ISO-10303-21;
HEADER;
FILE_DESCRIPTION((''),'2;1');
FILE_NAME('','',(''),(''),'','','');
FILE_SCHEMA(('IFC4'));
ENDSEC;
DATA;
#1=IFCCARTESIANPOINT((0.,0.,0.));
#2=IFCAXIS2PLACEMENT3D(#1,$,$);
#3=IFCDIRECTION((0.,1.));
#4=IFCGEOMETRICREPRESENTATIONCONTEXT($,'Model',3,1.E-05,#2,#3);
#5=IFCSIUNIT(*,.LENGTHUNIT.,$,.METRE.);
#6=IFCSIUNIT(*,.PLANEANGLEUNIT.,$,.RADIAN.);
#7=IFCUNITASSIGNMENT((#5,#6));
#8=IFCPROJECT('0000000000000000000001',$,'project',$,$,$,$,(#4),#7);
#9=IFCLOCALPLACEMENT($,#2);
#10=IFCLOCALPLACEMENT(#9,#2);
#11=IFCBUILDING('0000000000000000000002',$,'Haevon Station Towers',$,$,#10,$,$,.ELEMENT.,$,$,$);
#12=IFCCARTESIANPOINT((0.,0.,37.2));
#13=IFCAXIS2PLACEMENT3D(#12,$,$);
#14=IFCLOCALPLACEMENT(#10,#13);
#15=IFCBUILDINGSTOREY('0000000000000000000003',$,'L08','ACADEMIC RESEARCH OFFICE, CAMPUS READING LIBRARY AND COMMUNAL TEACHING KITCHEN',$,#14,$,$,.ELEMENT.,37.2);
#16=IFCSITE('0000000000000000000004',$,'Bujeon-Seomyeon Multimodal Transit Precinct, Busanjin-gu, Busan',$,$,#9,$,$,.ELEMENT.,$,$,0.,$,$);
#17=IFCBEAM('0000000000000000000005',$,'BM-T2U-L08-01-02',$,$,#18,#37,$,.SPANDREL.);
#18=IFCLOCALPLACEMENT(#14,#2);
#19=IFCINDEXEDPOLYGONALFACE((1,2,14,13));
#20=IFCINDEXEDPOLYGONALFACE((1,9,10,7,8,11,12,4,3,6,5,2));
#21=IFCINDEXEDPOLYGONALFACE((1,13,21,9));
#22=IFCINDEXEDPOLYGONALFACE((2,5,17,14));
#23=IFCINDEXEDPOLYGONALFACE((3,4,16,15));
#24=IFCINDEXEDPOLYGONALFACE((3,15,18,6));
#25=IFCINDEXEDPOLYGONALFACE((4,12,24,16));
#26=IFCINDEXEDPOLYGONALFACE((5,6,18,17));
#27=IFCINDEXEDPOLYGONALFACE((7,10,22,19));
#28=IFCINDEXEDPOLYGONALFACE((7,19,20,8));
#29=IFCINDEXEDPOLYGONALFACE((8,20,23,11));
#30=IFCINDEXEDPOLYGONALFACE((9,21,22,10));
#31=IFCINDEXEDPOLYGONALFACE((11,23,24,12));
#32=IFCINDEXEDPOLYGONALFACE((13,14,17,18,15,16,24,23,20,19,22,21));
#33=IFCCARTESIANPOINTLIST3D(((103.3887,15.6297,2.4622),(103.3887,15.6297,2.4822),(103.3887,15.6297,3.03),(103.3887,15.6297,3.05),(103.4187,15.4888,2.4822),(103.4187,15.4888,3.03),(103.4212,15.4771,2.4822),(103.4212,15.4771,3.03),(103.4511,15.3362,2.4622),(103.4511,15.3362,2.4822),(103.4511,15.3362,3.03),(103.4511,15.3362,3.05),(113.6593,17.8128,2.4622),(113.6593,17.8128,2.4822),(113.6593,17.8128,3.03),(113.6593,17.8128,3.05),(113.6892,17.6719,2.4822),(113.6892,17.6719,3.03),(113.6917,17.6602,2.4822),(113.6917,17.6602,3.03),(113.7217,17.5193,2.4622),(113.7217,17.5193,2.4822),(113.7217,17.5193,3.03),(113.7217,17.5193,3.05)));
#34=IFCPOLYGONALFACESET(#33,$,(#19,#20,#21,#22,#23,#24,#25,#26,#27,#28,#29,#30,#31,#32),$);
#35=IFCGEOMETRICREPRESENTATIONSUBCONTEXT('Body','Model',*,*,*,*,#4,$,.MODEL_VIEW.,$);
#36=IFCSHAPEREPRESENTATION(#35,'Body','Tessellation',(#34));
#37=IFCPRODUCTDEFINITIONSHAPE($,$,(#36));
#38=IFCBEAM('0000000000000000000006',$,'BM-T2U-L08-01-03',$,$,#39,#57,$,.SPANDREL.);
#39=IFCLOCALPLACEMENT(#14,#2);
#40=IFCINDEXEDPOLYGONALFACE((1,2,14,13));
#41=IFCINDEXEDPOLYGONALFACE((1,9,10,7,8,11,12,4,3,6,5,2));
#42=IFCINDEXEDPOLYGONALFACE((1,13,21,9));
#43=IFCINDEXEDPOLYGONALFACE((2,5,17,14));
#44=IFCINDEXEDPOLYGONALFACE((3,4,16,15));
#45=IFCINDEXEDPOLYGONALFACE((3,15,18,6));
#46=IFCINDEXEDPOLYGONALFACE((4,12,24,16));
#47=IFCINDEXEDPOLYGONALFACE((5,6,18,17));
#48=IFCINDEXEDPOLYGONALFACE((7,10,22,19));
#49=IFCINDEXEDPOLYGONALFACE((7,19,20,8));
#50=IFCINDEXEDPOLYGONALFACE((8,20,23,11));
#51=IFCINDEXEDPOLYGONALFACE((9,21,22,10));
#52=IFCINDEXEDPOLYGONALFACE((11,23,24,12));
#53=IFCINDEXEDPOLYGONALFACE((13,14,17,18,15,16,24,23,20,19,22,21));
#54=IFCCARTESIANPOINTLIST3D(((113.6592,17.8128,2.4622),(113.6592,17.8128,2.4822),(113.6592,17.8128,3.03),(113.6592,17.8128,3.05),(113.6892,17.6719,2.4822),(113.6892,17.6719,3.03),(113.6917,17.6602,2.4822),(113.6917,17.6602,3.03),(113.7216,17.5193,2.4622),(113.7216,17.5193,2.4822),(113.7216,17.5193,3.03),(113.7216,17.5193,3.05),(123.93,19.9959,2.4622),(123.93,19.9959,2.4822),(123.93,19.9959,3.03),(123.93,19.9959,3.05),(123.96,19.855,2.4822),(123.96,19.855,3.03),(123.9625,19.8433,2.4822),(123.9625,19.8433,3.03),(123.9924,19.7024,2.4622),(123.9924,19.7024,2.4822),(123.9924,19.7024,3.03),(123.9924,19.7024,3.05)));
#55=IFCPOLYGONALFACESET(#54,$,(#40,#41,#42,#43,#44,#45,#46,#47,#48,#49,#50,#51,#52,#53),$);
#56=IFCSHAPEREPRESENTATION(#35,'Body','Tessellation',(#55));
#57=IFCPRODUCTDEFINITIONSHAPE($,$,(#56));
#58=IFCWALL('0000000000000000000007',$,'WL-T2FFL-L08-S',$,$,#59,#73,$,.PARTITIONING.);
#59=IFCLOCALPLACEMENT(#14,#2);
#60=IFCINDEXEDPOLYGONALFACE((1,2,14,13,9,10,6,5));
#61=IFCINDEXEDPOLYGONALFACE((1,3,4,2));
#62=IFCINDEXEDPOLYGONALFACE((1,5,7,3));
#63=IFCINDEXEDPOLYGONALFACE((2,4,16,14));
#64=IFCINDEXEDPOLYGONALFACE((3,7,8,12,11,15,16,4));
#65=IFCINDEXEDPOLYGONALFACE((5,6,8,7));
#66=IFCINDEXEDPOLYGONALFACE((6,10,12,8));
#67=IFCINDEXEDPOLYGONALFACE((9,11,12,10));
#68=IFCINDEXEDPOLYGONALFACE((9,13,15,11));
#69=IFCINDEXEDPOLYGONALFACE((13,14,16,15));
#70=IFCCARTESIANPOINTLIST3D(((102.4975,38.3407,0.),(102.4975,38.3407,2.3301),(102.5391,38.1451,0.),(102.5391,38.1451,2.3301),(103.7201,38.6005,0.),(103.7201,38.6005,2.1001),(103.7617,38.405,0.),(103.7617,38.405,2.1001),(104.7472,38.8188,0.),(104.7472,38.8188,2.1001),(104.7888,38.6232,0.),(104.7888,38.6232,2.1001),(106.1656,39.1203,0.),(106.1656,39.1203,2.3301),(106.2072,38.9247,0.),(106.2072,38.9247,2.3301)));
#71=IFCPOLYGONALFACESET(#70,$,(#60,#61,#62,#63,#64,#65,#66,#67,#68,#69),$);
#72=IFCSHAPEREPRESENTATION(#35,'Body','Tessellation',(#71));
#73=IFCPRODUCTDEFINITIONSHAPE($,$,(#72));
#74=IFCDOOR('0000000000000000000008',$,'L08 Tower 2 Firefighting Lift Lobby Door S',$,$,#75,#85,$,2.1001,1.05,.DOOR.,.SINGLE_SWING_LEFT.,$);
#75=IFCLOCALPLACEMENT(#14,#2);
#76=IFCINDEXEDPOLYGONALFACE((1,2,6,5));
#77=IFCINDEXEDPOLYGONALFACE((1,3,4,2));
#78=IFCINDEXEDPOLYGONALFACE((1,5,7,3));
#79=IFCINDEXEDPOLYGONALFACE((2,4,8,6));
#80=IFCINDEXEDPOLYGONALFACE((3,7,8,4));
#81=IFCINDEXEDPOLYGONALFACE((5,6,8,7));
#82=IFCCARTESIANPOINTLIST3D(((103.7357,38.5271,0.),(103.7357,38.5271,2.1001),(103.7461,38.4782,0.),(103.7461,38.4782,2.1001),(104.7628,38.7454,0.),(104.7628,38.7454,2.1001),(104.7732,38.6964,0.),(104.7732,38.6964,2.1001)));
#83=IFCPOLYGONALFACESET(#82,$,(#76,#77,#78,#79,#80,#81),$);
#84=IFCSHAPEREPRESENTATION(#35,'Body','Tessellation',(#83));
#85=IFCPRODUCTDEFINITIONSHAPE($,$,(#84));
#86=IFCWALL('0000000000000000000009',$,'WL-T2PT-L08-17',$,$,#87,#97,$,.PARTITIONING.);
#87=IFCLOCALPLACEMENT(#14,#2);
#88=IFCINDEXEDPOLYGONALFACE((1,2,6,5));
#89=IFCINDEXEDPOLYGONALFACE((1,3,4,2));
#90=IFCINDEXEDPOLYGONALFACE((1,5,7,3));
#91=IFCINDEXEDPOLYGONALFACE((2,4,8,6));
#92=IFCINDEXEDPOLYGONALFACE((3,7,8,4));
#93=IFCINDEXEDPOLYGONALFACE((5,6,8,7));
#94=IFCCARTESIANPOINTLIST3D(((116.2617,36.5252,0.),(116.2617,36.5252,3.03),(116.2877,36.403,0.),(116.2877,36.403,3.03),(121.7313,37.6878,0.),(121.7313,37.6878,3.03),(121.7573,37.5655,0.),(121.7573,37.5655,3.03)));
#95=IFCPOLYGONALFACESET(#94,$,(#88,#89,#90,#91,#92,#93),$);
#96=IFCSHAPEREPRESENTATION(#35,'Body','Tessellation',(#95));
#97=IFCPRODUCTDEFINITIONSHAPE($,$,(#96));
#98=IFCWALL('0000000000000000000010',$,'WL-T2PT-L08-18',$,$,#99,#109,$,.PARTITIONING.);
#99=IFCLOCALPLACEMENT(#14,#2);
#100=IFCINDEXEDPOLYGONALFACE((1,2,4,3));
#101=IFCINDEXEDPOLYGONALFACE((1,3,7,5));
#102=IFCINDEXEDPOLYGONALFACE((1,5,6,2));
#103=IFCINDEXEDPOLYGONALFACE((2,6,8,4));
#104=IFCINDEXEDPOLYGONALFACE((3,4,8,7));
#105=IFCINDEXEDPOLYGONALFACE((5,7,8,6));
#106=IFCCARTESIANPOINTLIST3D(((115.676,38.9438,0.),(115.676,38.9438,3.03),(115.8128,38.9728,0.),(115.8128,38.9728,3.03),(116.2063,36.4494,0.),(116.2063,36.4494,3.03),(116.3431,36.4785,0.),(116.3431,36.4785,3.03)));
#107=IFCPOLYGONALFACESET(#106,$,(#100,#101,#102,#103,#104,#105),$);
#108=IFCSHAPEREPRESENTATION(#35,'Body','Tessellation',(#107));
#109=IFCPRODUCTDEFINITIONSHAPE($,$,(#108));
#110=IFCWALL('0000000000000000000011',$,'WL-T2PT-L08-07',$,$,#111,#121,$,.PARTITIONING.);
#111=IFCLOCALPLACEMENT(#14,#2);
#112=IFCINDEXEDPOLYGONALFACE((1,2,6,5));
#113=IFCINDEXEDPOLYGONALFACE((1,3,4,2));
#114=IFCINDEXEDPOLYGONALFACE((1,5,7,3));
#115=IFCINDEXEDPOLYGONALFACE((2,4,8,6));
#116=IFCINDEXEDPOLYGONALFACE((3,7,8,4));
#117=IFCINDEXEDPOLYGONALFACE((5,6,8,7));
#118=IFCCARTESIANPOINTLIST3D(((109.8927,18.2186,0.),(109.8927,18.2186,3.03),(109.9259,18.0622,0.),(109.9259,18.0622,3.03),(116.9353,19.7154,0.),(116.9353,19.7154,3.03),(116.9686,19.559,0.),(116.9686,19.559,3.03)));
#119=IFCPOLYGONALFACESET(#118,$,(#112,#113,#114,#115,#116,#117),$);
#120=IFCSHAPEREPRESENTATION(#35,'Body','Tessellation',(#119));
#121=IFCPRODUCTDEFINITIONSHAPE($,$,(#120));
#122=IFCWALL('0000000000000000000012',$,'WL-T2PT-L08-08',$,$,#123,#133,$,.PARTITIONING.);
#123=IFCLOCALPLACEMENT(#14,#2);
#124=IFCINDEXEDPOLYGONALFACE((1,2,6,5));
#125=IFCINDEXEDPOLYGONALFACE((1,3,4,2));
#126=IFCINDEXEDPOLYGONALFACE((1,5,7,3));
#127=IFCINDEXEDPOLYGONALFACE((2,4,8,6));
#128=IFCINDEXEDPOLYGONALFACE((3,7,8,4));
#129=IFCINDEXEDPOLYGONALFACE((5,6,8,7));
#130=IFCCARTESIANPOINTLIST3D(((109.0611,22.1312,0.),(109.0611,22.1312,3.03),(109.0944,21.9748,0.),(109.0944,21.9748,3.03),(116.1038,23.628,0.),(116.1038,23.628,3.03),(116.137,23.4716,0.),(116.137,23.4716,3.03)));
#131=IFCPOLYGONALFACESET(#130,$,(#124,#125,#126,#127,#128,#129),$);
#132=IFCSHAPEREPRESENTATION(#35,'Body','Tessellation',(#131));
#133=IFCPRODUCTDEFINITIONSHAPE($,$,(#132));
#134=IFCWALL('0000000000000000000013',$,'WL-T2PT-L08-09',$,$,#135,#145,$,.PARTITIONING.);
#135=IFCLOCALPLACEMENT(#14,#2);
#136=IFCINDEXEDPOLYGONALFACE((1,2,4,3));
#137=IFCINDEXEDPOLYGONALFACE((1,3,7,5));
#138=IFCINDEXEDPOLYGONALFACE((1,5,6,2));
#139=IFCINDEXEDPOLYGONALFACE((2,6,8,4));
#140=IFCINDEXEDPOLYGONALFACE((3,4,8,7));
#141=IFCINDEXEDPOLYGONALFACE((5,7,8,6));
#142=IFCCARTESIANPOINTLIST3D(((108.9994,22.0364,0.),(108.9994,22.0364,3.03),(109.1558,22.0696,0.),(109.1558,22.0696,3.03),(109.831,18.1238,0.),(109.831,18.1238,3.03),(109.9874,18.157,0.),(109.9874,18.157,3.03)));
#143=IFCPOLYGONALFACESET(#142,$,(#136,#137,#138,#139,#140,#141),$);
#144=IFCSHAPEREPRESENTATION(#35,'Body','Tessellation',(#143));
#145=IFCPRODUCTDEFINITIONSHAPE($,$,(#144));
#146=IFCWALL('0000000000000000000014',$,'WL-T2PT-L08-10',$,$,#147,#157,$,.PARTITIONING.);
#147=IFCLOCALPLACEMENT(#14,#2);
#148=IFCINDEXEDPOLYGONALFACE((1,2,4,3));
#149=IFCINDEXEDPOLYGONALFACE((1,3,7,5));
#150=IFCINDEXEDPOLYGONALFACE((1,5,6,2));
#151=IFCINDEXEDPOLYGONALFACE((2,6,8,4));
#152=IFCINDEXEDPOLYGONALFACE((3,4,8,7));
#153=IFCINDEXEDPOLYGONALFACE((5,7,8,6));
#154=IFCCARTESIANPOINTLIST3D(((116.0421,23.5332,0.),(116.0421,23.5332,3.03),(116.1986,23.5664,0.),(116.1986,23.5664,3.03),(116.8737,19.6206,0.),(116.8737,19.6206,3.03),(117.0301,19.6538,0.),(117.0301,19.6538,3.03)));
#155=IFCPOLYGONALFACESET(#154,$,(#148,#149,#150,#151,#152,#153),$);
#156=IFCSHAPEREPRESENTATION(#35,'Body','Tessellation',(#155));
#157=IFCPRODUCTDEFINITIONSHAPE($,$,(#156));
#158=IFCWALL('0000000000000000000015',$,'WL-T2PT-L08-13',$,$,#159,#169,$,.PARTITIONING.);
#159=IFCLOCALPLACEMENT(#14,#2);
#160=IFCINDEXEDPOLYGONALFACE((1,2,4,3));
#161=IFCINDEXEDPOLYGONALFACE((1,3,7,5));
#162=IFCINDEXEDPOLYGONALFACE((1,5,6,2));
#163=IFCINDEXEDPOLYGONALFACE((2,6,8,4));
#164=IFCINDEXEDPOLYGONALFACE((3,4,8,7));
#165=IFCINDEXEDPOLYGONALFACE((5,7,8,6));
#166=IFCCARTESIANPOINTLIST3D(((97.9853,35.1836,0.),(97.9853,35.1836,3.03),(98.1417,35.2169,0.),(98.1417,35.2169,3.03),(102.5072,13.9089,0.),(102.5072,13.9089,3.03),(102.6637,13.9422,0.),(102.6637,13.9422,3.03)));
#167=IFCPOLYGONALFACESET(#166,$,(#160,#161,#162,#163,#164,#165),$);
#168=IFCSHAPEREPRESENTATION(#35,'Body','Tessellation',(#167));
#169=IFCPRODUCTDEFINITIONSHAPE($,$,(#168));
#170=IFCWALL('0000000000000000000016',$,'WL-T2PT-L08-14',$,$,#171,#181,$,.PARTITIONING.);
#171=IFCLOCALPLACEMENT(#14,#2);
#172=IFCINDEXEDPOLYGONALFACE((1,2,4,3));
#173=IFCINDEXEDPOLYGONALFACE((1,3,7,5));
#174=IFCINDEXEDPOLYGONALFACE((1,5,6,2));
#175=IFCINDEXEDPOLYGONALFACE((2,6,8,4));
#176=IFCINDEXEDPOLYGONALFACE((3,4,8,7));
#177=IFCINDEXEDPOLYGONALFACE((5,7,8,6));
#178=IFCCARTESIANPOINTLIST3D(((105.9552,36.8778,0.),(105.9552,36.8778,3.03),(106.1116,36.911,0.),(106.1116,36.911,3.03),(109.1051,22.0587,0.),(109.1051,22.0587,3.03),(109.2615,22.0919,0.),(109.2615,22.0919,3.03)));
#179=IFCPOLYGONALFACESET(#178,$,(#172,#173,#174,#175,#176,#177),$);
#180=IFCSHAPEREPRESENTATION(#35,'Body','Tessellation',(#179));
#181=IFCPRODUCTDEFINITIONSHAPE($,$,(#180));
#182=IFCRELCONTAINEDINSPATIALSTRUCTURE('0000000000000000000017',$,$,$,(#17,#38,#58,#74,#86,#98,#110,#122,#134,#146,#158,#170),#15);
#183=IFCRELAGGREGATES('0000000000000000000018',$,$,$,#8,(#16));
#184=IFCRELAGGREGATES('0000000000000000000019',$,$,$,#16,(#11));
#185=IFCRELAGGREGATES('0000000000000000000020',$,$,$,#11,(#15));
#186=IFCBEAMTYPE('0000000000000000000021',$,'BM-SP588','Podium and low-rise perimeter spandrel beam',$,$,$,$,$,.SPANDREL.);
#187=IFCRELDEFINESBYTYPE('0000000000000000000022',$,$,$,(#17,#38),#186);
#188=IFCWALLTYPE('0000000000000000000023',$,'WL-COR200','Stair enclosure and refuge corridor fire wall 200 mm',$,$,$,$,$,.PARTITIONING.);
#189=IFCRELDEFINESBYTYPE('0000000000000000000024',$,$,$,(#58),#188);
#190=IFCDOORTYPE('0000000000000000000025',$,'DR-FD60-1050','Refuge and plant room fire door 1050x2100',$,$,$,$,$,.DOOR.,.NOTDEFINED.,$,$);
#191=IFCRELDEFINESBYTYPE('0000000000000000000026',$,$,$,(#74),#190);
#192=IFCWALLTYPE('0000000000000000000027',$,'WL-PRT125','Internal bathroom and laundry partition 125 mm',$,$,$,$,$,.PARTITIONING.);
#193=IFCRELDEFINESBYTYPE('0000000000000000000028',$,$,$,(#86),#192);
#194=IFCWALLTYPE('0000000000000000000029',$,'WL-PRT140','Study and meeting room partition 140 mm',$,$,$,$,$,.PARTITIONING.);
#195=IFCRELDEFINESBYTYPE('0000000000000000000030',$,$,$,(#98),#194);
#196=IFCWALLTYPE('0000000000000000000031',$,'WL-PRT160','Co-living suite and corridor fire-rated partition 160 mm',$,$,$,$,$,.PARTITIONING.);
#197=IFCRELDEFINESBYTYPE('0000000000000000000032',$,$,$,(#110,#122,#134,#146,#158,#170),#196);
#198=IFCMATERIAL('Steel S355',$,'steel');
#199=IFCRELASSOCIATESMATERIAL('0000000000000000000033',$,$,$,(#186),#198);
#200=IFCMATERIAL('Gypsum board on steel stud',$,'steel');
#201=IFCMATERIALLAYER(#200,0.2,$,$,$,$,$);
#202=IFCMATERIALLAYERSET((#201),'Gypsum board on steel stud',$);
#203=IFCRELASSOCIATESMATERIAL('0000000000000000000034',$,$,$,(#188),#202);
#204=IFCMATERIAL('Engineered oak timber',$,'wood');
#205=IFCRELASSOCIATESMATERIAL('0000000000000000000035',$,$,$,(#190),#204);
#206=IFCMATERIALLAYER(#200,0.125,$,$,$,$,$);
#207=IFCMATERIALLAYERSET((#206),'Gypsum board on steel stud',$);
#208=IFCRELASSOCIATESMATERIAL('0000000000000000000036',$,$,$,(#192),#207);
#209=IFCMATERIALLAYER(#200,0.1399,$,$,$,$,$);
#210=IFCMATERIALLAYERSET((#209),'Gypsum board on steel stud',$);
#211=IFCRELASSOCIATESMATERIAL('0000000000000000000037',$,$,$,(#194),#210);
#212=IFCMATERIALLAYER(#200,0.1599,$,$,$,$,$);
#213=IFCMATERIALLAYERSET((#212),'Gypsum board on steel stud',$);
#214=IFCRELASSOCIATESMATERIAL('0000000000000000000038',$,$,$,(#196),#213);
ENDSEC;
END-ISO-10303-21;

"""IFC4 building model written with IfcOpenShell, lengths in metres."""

from ifc_helpers import new_model, si_unit, direction, frame, frame_2d, origin, origin_2d, place, context, subcontext, project, spatial, rectangle, i_section, extrude, material, layer, layer_set, material_profile, profile_set, type_object, element, fill, save


model = new_model("IFC4")

# Units and contexts
model_context = context("Model", 3, precision=1e-05, world=origin(), true_north=direction((0.0, 1.0)))
body_context = subcontext(model_context, "Body", "Model", "MODEL_VIEW")
ifc_project = project(units=[si_unit("LENGTHUNIT", "METRE"), si_unit("PLANEANGLEUNIT", "RADIAN")], contexts=[model_context])

# Site, building, storey
site_placement = place(None, origin())
site = spatial("IfcSite", under=ifc_project, at=site_placement, Name="Bujeon-Seomyeon Multimodal Transit Precinct, Busanjin-gu, Busan", CompositionType="ELEMENT", RefElevation=0.0)
building_placement = place(site_placement, origin())
building = spatial("IfcBuilding", under=site, at=building_placement, Name="Haevon Station Towers", CompositionType="ELEMENT")
storey_placement = place(building_placement, frame((0.0, 0.0, 37.2)))
storey = spatial("IfcBuildingStorey", under=building, at=storey_placement, Name="L08", Description="ACADEMIC RESEARCH OFFICE, CAMPUS READING LIBRARY AND COMMUNAL TEACHING KITCHEN", CompositionType="ELEMENT", Elevation=37.2)

# Beams
ifc_material_1 = material(Name="Steel S355", Category="steel")
ifc_material_profile_1 = material_profile(ifc_material_1, i_section(OverallWidth=0.3, OverallDepth=0.5879, WebThickness=0.012, FlangeThickness=0.02, at=origin_2d()), Name="H-588x300x12x20")
ifc_profile_set_1 = profile_set([ifc_material_profile_1], Name="Steel S355")
beam_type_1 = type_object("IfcBeamType", Name="BM-SP588", Description="Podium and low-rise perimeter spandrel beam", PredefinedType="SPANDREL", material=ifc_profile_set_1)
beam_1_placement = place(storey_placement, frame((103.4199, 15.4829, 2.7561), z_axis=(0.978147, 0.207915, 0.0), x_axis=(-0.207915, 0.978147, 0.0)))
element("IfcBeam", 1, at=beam_1_placement, inside=storey, type_object=beam_type_1, Name="BM-T2U-L08-01-02", PredefinedType="SPANDREL", context=body_context, shape_type="SweptSolid", body=[
    extrude(i_section(OverallWidth=0.3, OverallDepth=0.5879, WebThickness=0.012, FlangeThickness=0.02, at=origin_2d()), origin(), (0.0, 0.0, 1.0), 10.5),
])
beam_2_placement = place(storey_placement, frame((113.6904, 17.666, 2.7561), z_axis=(0.978148, 0.207911, 0.0), x_axis=(-0.207911, 0.978148, 0.0)))
element("IfcBeam", 2, at=beam_2_placement, inside=storey, type_object=beam_type_1, Name="BM-T2U-L08-01-03", PredefinedType="SPANDREL", context=body_context, shape_type="SweptSolid", body=[
    extrude(i_section(OverallWidth=0.3, OverallDepth=0.5879, WebThickness=0.012, FlangeThickness=0.02, at=origin_2d()), origin(), (0.0, 0.0, 1.0), 10.5002),
])

# Wall, opening, door
ifc_material_2 = material(Name="Gypsum board on steel stud", Category="steel")
ifc_layer_1 = layer(ifc_material_2, 0.2)
ifc_layer_set_1 = layer_set([ifc_layer_1], Name="Gypsum board on steel stud")
wall_type_1 = type_object("IfcWallType", Name="WL-COR200", Description="Stair enclosure and refuge corridor fire wall 200 mm", PredefinedType="PARTITIONING", material=ifc_layer_set_1)
wall_1_placement = place(storey_placement, frame((102.5183, 38.2429, 0.0), z_axis=(0.0, 0.0, 1.0), x_axis=(0.978154, 0.207884, 0.0)))
wall_1 = element("IfcWall", 3, at=wall_1_placement, inside=storey, type_object=wall_type_1, Name="WL-T2FFL-L08-S", PredefinedType="PARTITIONING", context=body_context, shape_type="SweptSolid", body=[
    extrude(rectangle(XDim=3.75, YDim=0.2, at=frame_2d((1.875, 0.0))), origin(), (0.0, 0.0, 1.0), 2.3301),
])
opening_placement = place(wall_1_placement, frame((1.25, 0.0, 0.0)))
opening = element("IfcOpeningElement", 4, at=opening_placement, cuts=wall_1, PredefinedType="OPENING", context=body_context, shape_type="SweptSolid", body=[
    extrude(rectangle(XDim=1.05, YDim=2.1001, at=frame_2d((0.5249, 1.05))), frame((0.0, 0.1099, 0.0), z_axis=(0.0, -1.0, 0.0), x_axis=(1.0, 0.0, 0.0)), (0.0, 0.0, 1.0), 0.22),
])
ifc_material_3 = material(Name="Engineered oak timber", Category="wood")
door_type = type_object("IfcDoorType", Name="DR-FD60-1050", Description="Refuge and plant room fire door 1050x2100", OperationType="NOTDEFINED", PredefinedType="DOOR", material=ifc_material_3)
door_placement = place(opening_placement, origin())
door = element("IfcDoor", 5, at=door_placement, inside=storey, type_object=door_type, Name="L08 Tower 2 Firefighting Lift Lobby Door S", OperationType="SINGLE_SWING_LEFT", OverallHeight=2.1001, OverallWidth=1.05, PredefinedType="DOOR", context=body_context, shape_type="SweptSolid", body=[
    extrude(rectangle(XDim=1.05, YDim=2.1001, at=frame_2d((0.5249, 1.05))), frame((0.0, 0.0249, 0.0), z_axis=(0.0, -1.0, 0.0), x_axis=(1.0, 0.0, 0.0)), (0.0, 0.0, 1.0), 0.05),
])
fill(opening, door)

# Walls
ifc_layer_2 = layer(ifc_material_2, 0.125)
ifc_layer_set_2 = layer_set([ifc_layer_2], Name="Gypsum board on steel stud")
wall_type_2 = type_object("IfcWallType", Name="WL-PRT125", Description="Internal bathroom and laundry partition 125 mm", PredefinedType="PARTITIONING", material=ifc_layer_set_2)
wall_2_placement = place(storey_placement, frame((116.2747, 36.4641, 0.0), z_axis=(0.0, 0.0, 1.0), x_axis=(0.978149, 0.207907, 0.0)))
element("IfcWall", 6, at=wall_2_placement, inside=storey, type_object=wall_type_2, Name="WL-T2PT-L08-17", PredefinedType="PARTITIONING", context=body_context, shape_type="SweptSolid", body=[
    extrude(rectangle(XDim=5.5918, YDim=0.125, at=frame_2d((2.7959, 0.0))), origin(), (0.0, 0.0, 1.0), 3.03),
])
ifc_layer_3 = layer(ifc_material_2, 0.1399)
ifc_layer_set_3 = layer_set([ifc_layer_3], Name="Gypsum board on steel stud")
wall_type_3 = type_object("IfcWallType", Name="WL-PRT140", Description="Study and meeting room partition 140 mm", PredefinedType="PARTITIONING", material=ifc_layer_set_3)
wall_3_placement = place(storey_placement, frame((116.2747, 36.4641, 0.0), z_axis=(0.0, 0.0, 1.0), x_axis=(-0.20794, 0.978142, 0.0)))
element("IfcWall", 7, at=wall_3_placement, inside=storey, type_object=wall_type_3, Name="WL-T2PT-L08-18", PredefinedType="PARTITIONING", context=body_context, shape_type="SweptSolid", body=[
    extrude(rectangle(XDim=2.55, YDim=0.1399, at=frame_2d((1.2749, 0.0))), origin(), (0.0, 0.0, 1.0), 3.03),
])
ifc_layer_4 = layer(ifc_material_2, 0.1599)
ifc_layer_set_4 = layer_set([ifc_layer_4], Name="Gypsum board on steel stud")
wall_type_4 = type_object("IfcWallType", Name="WL-PRT160", Description="Co-living suite and corridor fire-rated partition 160 mm", PredefinedType="PARTITIONING", material=ifc_layer_set_4)
for number, where, z_axis, x_axis, name in (
    (8, (109.9092, 18.1404, 0.0), (0.0, 0.0, 1.0), (0.978152, 0.207892, 0.0), "WL-T2PT-L08-07"),
    (9, (109.0776, 22.053, 0.0), (0.0, 0.0, 1.0), (0.978152, 0.207892, 0.0), "WL-T2PT-L08-08"),
):
    element("IfcWall", number, at=place(storey_placement, frame(where, z_axis=z_axis, x_axis=x_axis)), inside=storey, type_object=wall_type_4, Name=name, PredefinedType="PARTITIONING", context=body_context, shape_type="SweptSolid", body=[
        extrude(rectangle(XDim=7.2, YDim=0.1599, at=frame_2d((3.6001, 0.0))), origin(), (0.0, 0.0, 1.0), 3.03),
    ])
for number, where, z_axis, x_axis, name in (
    (10, (109.9092, 18.1404, 0.0), (0.0, 0.0, 1.0), (-0.207886, 0.978153, 0.0), "WL-T2PT-L08-09"),
    (11, (116.9519, 19.6372, 0.0), (0.0, 0.0, 1.0), (-0.207886, 0.978153, 0.0), "WL-T2PT-L08-10"),
):
    element("IfcWall", number, at=place(storey_placement, frame(where, z_axis=z_axis, x_axis=x_axis)), inside=storey, type_object=wall_type_4, Name=name, PredefinedType="PARTITIONING", context=body_context, shape_type="SweptSolid", body=[
        extrude(rectangle(XDim=4.0, YDim=0.1599, at=frame_2d((2.0, 0.0))), origin(), (0.0, 0.0, 1.0), 3.03),
    ])
wall_4_placement = place(storey_placement, frame((102.5854, 13.9255, 0.0), z_axis=(0.0, 0.0, 1.0), x_axis=(-0.207907, 0.978148, 0.0)))
element("IfcWall", 12, at=wall_4_placement, inside=storey, type_object=wall_type_4, Name="WL-T2PT-L08-13", PredefinedType="PARTITIONING", context=body_context, shape_type="SweptSolid", body=[
    extrude(rectangle(XDim=21.75, YDim=0.1599, at=frame_2d((10.875, 0.0))), origin(), (0.0, 0.0, 1.0), 3.03),
])
for number, where, z_axis, x_axis, name in (
    (13, (109.1833, 22.0752, 0.0), (0.0, 0.0, 1.0), (-0.207912, 0.978148, 0.0), "WL-T2PT-L08-14"),
):
    element("IfcWall", number, at=place(storey_placement, frame(where, z_axis=z_axis, x_axis=x_axis)), inside=storey, type_object=wall_type_4, Name=name, PredefinedType="PARTITIONING", context=body_context, shape_type="SweptSolid", body=[
        extrude(rectangle(XDim=15.1501, YDim=0.1599, at=frame_2d((7.5752, 0.0))), origin(), (0.0, 0.0, 1.0), 3.03),
    ])

save(model, "model.ifc")
